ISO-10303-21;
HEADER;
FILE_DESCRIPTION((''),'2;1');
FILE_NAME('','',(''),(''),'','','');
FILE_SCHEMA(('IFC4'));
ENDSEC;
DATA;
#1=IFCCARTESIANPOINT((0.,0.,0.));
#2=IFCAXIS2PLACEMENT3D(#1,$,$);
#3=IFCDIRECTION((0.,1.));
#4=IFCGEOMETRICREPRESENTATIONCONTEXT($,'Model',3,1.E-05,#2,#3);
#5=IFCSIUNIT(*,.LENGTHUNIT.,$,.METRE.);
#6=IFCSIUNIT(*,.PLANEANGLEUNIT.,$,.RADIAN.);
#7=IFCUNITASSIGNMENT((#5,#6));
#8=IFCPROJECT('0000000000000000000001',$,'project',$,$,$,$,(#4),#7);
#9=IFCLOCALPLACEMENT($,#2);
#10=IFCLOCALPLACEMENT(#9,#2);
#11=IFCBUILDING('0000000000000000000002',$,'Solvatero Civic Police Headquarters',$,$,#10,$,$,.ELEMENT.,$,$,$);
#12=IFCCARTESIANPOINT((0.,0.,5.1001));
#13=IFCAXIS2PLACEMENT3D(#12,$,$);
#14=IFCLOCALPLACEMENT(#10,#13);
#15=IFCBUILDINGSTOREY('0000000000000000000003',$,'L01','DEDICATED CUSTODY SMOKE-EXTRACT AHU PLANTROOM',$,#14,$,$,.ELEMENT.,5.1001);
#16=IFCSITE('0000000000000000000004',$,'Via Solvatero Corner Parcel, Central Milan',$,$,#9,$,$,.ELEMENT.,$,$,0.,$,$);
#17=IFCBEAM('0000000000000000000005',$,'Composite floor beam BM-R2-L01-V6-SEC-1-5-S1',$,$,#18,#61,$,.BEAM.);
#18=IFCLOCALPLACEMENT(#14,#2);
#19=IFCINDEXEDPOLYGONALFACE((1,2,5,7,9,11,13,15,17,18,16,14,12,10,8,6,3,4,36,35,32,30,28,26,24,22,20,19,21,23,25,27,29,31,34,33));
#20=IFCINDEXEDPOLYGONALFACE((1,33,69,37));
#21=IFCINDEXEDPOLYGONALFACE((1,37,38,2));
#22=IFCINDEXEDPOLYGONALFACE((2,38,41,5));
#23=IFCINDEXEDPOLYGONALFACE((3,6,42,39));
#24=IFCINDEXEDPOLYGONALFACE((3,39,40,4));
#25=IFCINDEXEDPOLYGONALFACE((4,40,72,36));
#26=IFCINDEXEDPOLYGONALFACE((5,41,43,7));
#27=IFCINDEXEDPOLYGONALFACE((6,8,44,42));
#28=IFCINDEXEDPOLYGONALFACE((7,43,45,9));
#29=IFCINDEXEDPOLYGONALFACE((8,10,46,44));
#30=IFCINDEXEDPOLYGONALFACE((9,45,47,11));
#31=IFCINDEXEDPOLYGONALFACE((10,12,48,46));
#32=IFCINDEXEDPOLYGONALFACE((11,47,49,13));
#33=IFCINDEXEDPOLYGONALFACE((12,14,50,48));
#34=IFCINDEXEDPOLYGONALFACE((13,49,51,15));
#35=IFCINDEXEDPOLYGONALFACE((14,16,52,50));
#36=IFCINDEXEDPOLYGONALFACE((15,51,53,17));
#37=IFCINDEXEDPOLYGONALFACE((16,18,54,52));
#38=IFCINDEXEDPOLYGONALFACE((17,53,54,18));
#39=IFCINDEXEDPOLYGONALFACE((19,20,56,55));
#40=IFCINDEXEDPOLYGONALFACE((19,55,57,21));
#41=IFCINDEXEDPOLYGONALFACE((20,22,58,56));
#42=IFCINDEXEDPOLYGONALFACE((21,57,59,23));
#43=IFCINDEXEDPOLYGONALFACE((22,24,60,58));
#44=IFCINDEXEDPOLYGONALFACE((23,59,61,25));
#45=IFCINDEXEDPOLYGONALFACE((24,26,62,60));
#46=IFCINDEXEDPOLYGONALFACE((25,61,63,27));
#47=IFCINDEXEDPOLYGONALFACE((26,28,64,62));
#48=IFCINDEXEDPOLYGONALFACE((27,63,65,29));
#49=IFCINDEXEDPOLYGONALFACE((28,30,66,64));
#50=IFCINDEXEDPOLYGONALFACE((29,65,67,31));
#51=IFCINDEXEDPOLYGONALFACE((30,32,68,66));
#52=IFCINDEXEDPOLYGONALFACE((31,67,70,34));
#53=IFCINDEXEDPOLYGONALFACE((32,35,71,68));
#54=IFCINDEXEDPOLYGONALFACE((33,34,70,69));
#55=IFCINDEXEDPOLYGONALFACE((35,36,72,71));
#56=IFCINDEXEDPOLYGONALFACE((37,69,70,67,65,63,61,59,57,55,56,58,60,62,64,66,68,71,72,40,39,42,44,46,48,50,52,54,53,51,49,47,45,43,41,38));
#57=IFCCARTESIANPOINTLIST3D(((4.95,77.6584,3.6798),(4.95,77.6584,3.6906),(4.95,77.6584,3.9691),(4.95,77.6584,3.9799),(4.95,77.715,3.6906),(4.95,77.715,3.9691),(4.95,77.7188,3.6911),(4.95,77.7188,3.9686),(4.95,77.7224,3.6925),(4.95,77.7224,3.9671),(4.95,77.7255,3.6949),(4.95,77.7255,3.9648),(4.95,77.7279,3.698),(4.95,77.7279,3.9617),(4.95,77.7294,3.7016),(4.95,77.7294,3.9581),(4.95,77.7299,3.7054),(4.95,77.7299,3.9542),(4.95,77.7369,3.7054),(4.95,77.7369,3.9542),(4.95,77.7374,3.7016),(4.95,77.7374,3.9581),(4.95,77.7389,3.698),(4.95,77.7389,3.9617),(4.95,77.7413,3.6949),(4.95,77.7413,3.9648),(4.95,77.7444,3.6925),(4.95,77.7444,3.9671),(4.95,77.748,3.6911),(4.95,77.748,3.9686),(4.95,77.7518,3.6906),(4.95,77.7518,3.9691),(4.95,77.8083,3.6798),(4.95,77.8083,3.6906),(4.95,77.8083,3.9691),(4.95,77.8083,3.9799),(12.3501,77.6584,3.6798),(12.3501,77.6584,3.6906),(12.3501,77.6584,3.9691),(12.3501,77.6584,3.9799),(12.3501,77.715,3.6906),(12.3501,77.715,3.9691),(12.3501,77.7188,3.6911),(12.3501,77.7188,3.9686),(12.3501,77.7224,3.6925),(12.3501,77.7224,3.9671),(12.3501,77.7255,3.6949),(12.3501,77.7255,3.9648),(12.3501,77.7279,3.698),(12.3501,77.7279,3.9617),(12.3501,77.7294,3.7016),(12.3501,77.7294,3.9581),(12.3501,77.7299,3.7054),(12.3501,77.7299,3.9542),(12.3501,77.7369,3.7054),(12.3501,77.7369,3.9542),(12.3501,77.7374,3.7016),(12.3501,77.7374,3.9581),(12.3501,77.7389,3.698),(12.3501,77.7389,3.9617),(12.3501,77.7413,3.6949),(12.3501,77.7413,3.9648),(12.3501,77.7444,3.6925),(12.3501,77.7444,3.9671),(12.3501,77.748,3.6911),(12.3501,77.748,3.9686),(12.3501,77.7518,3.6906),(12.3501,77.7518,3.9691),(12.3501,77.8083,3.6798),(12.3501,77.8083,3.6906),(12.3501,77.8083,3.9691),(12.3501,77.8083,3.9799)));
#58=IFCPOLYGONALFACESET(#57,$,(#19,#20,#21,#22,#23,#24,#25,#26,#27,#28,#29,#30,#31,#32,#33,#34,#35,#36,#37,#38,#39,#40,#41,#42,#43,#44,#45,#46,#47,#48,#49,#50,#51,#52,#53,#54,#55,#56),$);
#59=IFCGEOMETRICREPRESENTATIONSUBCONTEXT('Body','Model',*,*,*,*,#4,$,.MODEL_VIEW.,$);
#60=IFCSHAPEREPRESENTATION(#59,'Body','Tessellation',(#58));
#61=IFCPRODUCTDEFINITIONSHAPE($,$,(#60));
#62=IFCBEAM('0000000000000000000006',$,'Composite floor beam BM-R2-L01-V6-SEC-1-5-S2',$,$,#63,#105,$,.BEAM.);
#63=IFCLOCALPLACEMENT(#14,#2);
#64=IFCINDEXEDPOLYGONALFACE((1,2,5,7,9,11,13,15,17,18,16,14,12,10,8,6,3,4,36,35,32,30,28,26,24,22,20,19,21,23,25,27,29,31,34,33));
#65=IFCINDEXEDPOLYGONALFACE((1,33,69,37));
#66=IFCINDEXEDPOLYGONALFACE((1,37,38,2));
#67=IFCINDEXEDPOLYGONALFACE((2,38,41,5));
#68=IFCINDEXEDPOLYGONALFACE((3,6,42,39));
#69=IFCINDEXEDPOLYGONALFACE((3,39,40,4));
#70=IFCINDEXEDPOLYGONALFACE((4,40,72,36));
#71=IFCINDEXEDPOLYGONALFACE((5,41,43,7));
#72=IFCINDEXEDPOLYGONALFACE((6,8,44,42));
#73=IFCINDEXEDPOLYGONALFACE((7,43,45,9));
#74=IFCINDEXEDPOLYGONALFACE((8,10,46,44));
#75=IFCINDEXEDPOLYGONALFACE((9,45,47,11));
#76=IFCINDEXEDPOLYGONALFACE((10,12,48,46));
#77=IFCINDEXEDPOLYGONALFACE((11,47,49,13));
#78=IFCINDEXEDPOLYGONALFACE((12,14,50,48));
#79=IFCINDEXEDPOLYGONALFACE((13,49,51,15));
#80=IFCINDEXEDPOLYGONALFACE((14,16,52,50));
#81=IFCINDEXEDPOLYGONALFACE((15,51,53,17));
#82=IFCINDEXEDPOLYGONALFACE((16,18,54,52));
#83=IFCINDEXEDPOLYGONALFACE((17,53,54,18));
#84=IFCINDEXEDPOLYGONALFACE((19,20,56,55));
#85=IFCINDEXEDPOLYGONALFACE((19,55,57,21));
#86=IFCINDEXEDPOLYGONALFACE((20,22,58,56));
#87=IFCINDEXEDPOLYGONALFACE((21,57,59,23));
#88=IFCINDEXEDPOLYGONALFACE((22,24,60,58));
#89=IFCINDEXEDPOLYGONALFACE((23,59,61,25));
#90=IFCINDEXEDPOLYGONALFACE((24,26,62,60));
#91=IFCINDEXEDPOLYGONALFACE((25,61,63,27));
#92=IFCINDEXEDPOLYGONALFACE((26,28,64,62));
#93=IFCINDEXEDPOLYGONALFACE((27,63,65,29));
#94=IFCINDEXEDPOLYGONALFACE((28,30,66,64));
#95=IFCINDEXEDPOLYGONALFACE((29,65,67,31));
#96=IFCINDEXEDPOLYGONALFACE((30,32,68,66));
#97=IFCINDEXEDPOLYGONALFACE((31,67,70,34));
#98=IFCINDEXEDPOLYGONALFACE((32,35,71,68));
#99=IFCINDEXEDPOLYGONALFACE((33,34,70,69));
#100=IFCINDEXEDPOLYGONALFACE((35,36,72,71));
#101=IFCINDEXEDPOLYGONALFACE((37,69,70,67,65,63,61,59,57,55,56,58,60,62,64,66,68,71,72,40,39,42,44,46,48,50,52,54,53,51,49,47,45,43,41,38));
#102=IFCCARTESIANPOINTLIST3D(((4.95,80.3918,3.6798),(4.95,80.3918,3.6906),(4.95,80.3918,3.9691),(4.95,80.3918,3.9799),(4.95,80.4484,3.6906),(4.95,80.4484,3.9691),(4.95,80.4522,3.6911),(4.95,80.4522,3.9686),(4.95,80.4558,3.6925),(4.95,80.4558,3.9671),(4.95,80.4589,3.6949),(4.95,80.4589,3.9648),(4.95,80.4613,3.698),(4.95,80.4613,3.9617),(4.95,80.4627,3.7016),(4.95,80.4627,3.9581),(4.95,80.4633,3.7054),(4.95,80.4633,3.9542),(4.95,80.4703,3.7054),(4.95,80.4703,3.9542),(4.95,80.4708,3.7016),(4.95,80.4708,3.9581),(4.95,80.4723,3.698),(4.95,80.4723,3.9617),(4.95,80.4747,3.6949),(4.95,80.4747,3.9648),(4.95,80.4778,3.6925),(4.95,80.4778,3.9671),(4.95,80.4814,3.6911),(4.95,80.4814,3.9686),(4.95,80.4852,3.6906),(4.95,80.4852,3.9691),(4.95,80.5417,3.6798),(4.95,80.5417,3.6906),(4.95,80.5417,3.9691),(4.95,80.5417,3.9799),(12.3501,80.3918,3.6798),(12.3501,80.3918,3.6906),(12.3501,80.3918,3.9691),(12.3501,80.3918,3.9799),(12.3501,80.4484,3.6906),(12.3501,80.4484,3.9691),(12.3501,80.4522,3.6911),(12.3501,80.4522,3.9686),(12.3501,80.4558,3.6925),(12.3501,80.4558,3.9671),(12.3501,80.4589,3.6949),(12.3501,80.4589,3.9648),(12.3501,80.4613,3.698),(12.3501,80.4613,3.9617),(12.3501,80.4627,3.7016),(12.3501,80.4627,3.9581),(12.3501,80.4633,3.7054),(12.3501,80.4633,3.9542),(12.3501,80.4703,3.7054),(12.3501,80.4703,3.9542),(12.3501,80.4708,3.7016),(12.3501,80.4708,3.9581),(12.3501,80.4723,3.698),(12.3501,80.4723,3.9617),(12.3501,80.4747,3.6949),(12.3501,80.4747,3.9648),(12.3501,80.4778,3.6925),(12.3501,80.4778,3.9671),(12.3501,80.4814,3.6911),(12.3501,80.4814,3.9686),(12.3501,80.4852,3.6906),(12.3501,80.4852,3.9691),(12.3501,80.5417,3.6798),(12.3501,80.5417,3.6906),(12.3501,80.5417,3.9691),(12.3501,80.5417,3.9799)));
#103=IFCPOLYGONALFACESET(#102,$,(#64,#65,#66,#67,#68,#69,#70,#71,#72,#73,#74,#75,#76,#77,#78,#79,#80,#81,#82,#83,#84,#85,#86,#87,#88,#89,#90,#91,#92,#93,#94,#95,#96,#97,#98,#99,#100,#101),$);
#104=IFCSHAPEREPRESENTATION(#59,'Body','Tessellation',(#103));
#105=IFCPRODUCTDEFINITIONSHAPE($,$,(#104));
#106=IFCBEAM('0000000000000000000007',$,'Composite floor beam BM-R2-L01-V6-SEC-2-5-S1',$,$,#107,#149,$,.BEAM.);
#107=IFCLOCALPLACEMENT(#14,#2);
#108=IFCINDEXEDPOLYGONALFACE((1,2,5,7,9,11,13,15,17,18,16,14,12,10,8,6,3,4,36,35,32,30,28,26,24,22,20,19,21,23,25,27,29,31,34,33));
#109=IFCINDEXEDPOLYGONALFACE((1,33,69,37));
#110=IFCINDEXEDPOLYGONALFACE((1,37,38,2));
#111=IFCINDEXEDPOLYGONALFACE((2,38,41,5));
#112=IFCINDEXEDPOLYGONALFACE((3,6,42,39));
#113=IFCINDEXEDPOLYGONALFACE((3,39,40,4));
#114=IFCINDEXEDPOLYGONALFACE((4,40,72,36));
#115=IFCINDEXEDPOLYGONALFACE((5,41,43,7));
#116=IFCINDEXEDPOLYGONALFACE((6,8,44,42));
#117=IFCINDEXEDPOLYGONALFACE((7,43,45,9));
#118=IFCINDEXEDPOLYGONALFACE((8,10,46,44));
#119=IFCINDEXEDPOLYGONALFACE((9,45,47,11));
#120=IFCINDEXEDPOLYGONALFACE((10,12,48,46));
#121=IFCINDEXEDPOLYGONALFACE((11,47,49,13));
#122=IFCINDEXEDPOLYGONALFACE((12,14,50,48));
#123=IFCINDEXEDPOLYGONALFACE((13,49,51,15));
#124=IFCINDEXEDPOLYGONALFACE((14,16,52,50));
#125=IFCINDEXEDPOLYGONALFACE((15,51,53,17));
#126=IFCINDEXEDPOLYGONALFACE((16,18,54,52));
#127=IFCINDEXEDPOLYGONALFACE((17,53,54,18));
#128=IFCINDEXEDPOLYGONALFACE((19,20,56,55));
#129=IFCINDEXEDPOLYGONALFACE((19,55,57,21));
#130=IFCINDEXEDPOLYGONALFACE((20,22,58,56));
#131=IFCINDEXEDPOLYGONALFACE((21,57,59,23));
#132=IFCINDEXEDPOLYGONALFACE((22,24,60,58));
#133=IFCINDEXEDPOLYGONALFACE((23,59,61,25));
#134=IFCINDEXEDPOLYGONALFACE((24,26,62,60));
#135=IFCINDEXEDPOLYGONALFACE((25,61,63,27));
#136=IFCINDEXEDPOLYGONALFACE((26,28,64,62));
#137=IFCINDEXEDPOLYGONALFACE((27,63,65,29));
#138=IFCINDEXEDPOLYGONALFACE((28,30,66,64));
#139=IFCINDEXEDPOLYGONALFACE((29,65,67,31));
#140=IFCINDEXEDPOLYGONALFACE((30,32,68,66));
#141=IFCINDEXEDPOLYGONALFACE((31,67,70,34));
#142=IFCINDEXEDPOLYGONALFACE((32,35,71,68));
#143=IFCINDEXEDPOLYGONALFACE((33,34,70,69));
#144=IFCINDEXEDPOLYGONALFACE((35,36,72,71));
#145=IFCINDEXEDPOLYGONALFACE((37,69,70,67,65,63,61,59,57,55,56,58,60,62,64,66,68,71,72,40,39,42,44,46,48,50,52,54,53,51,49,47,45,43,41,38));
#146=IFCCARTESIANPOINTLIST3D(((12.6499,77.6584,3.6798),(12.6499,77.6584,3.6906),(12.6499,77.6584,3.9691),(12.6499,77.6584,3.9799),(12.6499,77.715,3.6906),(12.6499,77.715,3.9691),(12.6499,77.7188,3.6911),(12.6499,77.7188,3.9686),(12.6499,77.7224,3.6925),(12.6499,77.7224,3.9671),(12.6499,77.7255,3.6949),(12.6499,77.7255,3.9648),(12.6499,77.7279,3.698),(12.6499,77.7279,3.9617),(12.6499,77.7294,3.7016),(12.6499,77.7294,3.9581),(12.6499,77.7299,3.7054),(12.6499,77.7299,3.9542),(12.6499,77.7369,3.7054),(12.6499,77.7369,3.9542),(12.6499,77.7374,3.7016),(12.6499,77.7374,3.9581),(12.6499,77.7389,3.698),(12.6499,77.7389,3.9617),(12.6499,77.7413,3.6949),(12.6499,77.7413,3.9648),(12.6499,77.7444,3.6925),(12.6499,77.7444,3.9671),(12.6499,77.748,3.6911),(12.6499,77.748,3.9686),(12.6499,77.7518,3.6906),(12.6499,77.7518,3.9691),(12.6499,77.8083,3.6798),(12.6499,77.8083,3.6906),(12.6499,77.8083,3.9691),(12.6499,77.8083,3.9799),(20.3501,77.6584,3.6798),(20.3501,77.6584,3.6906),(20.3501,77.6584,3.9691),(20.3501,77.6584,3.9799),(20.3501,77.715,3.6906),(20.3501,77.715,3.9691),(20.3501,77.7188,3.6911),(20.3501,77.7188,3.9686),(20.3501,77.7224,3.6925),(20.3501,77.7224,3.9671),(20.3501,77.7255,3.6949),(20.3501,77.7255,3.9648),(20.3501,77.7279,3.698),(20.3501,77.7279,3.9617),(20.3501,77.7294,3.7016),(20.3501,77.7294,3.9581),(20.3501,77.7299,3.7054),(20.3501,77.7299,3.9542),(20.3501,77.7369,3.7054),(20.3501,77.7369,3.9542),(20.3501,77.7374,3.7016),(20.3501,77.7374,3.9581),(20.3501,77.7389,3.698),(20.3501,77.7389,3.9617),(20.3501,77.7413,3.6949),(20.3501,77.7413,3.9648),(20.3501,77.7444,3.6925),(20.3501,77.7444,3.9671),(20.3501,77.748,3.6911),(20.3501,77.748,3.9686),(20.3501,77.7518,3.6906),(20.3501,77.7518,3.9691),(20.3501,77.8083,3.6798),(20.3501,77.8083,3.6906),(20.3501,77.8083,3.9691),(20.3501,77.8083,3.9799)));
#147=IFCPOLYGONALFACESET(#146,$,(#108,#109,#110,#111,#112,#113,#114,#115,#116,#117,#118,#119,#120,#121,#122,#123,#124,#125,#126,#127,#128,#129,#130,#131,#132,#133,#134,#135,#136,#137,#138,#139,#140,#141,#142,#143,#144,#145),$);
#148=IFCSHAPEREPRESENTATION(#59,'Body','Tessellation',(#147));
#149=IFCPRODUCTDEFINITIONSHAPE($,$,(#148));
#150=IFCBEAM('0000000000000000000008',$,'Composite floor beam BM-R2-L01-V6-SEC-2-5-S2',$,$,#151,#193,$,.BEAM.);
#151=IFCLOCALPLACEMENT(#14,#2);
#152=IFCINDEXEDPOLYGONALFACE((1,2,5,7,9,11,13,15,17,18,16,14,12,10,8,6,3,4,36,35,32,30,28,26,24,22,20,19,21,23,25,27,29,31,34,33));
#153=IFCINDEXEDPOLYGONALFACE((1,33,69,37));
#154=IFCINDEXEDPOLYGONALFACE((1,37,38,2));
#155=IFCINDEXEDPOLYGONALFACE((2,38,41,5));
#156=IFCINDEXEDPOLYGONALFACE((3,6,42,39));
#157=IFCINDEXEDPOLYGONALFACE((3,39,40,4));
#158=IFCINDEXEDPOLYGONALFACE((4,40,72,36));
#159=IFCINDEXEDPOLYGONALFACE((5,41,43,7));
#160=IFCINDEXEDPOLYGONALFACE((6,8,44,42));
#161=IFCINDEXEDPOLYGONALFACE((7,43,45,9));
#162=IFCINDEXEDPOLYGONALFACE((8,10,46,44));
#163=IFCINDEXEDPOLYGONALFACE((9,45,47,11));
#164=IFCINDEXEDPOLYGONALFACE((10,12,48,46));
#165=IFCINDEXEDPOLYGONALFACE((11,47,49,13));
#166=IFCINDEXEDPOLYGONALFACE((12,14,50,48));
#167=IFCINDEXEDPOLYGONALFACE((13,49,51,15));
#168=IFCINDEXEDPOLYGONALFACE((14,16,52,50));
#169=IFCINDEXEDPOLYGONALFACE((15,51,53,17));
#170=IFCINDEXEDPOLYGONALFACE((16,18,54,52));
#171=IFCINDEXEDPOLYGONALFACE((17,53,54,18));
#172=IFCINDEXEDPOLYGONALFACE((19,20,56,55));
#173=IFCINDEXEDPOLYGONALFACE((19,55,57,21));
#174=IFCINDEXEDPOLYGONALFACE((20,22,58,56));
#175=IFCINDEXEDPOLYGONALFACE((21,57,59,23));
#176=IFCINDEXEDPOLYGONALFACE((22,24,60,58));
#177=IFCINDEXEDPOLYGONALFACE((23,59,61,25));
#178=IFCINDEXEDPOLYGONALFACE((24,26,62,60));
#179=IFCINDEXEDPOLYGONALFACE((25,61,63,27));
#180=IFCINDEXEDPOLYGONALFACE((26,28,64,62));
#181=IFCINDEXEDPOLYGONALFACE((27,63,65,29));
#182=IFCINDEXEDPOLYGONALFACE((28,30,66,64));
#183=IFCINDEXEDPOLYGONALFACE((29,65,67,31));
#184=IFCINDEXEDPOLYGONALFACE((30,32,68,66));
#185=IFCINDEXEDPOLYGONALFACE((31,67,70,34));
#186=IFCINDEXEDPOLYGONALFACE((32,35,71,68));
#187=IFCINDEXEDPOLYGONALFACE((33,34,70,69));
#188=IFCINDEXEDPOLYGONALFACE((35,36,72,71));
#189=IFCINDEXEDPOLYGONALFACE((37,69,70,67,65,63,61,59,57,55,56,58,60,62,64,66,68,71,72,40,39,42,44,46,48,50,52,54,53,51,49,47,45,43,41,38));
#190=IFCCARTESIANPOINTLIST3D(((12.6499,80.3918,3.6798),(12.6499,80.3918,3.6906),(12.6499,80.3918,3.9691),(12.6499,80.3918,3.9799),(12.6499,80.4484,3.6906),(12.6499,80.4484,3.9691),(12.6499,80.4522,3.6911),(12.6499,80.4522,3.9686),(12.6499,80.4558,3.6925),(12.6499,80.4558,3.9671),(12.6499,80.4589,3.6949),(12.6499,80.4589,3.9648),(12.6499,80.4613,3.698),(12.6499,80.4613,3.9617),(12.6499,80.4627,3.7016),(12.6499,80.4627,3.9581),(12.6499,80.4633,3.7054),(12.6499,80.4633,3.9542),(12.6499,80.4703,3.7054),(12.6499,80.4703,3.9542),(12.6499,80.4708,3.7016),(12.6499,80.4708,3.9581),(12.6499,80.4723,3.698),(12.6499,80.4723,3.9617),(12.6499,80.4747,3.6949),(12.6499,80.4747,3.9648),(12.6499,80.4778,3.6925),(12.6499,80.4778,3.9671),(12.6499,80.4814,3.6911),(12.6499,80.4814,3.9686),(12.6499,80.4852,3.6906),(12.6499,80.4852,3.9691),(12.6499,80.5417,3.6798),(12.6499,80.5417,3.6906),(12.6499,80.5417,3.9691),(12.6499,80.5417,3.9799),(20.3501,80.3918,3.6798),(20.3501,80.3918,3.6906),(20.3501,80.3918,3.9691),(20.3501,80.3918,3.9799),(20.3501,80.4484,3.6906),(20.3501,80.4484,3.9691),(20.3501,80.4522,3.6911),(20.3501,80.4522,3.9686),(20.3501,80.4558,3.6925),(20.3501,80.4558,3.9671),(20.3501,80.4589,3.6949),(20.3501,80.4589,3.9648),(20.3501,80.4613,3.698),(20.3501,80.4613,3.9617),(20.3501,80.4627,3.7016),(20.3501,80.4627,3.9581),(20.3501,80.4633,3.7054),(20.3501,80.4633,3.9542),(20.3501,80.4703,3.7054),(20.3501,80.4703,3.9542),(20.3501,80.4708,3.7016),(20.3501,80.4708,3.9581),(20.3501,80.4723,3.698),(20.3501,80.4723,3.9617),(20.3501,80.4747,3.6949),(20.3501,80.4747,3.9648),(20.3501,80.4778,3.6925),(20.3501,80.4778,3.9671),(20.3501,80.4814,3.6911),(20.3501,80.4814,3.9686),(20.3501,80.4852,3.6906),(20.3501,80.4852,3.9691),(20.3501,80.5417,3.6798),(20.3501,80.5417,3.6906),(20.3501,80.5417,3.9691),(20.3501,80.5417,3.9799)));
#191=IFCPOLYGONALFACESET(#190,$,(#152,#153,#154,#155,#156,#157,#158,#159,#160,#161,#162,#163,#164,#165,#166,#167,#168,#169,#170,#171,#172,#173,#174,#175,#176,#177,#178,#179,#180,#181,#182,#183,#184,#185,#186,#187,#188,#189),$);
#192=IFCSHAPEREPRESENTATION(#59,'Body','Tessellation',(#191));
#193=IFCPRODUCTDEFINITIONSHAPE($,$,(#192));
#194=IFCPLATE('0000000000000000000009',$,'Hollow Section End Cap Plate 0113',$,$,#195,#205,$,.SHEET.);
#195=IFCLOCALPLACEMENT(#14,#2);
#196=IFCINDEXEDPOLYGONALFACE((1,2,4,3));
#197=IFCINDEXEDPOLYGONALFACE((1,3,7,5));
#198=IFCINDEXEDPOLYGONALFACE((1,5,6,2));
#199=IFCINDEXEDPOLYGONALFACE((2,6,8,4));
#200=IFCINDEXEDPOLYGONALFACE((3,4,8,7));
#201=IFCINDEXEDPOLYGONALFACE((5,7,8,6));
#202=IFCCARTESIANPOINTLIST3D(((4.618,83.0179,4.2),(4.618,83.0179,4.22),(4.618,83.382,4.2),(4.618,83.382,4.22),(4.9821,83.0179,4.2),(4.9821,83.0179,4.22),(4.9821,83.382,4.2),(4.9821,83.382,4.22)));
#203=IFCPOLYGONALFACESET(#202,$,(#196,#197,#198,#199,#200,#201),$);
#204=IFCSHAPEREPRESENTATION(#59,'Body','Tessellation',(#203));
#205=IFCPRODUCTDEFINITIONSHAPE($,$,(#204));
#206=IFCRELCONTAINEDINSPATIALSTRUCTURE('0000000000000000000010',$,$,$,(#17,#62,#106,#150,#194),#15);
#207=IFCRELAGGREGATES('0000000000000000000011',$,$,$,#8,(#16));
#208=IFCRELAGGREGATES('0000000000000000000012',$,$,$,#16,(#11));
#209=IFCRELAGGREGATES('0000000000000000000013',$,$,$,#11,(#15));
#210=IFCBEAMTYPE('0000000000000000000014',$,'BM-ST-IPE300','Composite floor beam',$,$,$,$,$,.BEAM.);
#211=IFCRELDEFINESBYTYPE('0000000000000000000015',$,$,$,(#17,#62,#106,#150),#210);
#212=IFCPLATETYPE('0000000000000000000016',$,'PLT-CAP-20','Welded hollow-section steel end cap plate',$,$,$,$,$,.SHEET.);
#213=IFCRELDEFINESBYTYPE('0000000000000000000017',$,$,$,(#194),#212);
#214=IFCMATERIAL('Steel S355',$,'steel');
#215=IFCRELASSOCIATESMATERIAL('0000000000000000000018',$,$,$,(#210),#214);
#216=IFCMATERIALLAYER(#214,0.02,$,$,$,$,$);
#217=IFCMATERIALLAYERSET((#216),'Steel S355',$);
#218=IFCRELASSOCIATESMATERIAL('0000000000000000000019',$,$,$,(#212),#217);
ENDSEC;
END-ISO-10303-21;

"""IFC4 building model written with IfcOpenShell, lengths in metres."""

from ifc_helpers import new_model, si_unit, direction, frame, origin, origin_2d, place, context, subcontext, project, spatial, rectangle, i_section, extrude, material, layer, layer_set, material_profile, profile_set, type_object, element, save


model = new_model("IFC4")

# Units and contexts
model_context = context("Model", 3, precision=1e-05, world=origin(), true_north=direction((0.0, 1.0)))
body_context = subcontext(model_context, "Body", "Model", "MODEL_VIEW")
ifc_project = project(units=[si_unit("LENGTHUNIT", "METRE"), si_unit("PLANEANGLEUNIT", "RADIAN")], contexts=[model_context])

# Site, building, storey
site_placement = place(None, origin())
site = spatial("IfcSite", under=ifc_project, at=site_placement, Name="Via Solvatero Corner Parcel, Central Milan", CompositionType="ELEMENT", RefElevation=0.0)
building_placement = place(site_placement, origin())
building = spatial("IfcBuilding", under=site, at=building_placement, Name="Solvatero Civic Police Headquarters", CompositionType="ELEMENT")
storey_placement = place(building_placement, frame((0.0, 0.0, 5.1001)))
storey = spatial("IfcBuildingStorey", under=building, at=storey_placement, Name="L01", Description="DEDICATED CUSTODY SMOKE-EXTRACT AHU PLANTROOM", CompositionType="ELEMENT", Elevation=5.1001)

# Shared definitions
ifc_material_1 = material(Name="Steel S355", Category="steel")

# Beams
ifc_material_profile_1 = material_profile(ifc_material_1, i_section(OverallWidth=0.1499, OverallDepth=0.3, WebThickness=0.0071, FlangeThickness=0.0107, FilletRadius=0.0149, at=origin_2d()), Name="IPE 300")
ifc_profile_set_1 = profile_set([ifc_material_profile_1], Name="Steel S355")
beam_type_1 = type_object("IfcBeamType", Name="BM-ST-IPE300", Description="Composite floor beam", PredefinedType="BEAM", material=ifc_profile_set_1)
for number, where, z_axis, x_axis, name in (
    (1, (4.95, 77.7334, 3.8298), (1.0, 0.0, 0.0), (0.0, 1.0, 0.0), "Composite floor beam BM-R2-L01-V6-SEC-1-5-S1"),
    (2, (4.95, 80.4668, 3.8298), (1.0, 0.0, 0.0), (0.0, 1.0, 0.0), "Composite floor beam BM-R2-L01-V6-SEC-1-5-S2"),
):
    element("IfcBeam", number, at=place(storey_placement, frame(where, z_axis=z_axis, x_axis=x_axis)), inside=storey, type_object=beam_type_1, Name=name, PredefinedType="BEAM", context=body_context, shape_type="SweptSolid", body=[
        extrude(i_section(OverallWidth=0.1499, OverallDepth=0.3, WebThickness=0.0071, FlangeThickness=0.0107, FilletRadius=0.0149, at=origin_2d()), origin(), (0.0, 0.0, 1.0), 7.4001),
    ])
for number, where, z_axis, x_axis, name in (
    (3, (12.6499, 77.7334, 3.8298), (1.0, 0.0, 0.0), (0.0, 1.0, 0.0), "Composite floor beam BM-R2-L01-V6-SEC-2-5-S1"),
    (4, (12.6499, 80.4668, 3.8298), (1.0, 0.0, 0.0), (0.0, 1.0, 0.0), "Composite floor beam BM-R2-L01-V6-SEC-2-5-S2"),
):
    element("IfcBeam", number, at=place(storey_placement, frame(where, z_axis=z_axis, x_axis=x_axis)), inside=storey, type_object=beam_type_1, Name=name, PredefinedType="BEAM", context=body_context, shape_type="SweptSolid", body=[
        extrude(i_section(OverallWidth=0.1499, OverallDepth=0.3, WebThickness=0.0071, FlangeThickness=0.0107, FilletRadius=0.0149, at=origin_2d()), origin(), (0.0, 0.0, 1.0), 7.7002),
    ])

# Plate
ifc_layer_1 = layer(ifc_material_1, 0.02)
ifc_layer_set_1 = layer_set([ifc_layer_1], Name="Steel S355")
plate_type_1 = type_object("IfcPlateType", Name="PLT-CAP-20", Description="Welded hollow-section steel end cap plate", PredefinedType="SHEET", material=ifc_layer_set_1)
for number, where, z_axis, x_axis, name in (
    (5, (4.8, 83.2, 4.2), (0.0, 0.0, 1.0), (1.0, 0.0, 0.0), "Hollow Section End Cap Plate 0113"),
):
    element("IfcPlate", number, at=place(storey_placement, frame(where, z_axis=z_axis, x_axis=x_axis)), inside=storey, type_object=plate_type_1, Name=name, PredefinedType="SHEET", context=body_context, shape_type="SweptSolid", body=[
        extrude(rectangle(XDim=0.364, YDim=0.364, at=origin_2d()), origin(), (0.0, 0.0, 1.0), 0.02),
    ])

save(model, "model.ifc")
